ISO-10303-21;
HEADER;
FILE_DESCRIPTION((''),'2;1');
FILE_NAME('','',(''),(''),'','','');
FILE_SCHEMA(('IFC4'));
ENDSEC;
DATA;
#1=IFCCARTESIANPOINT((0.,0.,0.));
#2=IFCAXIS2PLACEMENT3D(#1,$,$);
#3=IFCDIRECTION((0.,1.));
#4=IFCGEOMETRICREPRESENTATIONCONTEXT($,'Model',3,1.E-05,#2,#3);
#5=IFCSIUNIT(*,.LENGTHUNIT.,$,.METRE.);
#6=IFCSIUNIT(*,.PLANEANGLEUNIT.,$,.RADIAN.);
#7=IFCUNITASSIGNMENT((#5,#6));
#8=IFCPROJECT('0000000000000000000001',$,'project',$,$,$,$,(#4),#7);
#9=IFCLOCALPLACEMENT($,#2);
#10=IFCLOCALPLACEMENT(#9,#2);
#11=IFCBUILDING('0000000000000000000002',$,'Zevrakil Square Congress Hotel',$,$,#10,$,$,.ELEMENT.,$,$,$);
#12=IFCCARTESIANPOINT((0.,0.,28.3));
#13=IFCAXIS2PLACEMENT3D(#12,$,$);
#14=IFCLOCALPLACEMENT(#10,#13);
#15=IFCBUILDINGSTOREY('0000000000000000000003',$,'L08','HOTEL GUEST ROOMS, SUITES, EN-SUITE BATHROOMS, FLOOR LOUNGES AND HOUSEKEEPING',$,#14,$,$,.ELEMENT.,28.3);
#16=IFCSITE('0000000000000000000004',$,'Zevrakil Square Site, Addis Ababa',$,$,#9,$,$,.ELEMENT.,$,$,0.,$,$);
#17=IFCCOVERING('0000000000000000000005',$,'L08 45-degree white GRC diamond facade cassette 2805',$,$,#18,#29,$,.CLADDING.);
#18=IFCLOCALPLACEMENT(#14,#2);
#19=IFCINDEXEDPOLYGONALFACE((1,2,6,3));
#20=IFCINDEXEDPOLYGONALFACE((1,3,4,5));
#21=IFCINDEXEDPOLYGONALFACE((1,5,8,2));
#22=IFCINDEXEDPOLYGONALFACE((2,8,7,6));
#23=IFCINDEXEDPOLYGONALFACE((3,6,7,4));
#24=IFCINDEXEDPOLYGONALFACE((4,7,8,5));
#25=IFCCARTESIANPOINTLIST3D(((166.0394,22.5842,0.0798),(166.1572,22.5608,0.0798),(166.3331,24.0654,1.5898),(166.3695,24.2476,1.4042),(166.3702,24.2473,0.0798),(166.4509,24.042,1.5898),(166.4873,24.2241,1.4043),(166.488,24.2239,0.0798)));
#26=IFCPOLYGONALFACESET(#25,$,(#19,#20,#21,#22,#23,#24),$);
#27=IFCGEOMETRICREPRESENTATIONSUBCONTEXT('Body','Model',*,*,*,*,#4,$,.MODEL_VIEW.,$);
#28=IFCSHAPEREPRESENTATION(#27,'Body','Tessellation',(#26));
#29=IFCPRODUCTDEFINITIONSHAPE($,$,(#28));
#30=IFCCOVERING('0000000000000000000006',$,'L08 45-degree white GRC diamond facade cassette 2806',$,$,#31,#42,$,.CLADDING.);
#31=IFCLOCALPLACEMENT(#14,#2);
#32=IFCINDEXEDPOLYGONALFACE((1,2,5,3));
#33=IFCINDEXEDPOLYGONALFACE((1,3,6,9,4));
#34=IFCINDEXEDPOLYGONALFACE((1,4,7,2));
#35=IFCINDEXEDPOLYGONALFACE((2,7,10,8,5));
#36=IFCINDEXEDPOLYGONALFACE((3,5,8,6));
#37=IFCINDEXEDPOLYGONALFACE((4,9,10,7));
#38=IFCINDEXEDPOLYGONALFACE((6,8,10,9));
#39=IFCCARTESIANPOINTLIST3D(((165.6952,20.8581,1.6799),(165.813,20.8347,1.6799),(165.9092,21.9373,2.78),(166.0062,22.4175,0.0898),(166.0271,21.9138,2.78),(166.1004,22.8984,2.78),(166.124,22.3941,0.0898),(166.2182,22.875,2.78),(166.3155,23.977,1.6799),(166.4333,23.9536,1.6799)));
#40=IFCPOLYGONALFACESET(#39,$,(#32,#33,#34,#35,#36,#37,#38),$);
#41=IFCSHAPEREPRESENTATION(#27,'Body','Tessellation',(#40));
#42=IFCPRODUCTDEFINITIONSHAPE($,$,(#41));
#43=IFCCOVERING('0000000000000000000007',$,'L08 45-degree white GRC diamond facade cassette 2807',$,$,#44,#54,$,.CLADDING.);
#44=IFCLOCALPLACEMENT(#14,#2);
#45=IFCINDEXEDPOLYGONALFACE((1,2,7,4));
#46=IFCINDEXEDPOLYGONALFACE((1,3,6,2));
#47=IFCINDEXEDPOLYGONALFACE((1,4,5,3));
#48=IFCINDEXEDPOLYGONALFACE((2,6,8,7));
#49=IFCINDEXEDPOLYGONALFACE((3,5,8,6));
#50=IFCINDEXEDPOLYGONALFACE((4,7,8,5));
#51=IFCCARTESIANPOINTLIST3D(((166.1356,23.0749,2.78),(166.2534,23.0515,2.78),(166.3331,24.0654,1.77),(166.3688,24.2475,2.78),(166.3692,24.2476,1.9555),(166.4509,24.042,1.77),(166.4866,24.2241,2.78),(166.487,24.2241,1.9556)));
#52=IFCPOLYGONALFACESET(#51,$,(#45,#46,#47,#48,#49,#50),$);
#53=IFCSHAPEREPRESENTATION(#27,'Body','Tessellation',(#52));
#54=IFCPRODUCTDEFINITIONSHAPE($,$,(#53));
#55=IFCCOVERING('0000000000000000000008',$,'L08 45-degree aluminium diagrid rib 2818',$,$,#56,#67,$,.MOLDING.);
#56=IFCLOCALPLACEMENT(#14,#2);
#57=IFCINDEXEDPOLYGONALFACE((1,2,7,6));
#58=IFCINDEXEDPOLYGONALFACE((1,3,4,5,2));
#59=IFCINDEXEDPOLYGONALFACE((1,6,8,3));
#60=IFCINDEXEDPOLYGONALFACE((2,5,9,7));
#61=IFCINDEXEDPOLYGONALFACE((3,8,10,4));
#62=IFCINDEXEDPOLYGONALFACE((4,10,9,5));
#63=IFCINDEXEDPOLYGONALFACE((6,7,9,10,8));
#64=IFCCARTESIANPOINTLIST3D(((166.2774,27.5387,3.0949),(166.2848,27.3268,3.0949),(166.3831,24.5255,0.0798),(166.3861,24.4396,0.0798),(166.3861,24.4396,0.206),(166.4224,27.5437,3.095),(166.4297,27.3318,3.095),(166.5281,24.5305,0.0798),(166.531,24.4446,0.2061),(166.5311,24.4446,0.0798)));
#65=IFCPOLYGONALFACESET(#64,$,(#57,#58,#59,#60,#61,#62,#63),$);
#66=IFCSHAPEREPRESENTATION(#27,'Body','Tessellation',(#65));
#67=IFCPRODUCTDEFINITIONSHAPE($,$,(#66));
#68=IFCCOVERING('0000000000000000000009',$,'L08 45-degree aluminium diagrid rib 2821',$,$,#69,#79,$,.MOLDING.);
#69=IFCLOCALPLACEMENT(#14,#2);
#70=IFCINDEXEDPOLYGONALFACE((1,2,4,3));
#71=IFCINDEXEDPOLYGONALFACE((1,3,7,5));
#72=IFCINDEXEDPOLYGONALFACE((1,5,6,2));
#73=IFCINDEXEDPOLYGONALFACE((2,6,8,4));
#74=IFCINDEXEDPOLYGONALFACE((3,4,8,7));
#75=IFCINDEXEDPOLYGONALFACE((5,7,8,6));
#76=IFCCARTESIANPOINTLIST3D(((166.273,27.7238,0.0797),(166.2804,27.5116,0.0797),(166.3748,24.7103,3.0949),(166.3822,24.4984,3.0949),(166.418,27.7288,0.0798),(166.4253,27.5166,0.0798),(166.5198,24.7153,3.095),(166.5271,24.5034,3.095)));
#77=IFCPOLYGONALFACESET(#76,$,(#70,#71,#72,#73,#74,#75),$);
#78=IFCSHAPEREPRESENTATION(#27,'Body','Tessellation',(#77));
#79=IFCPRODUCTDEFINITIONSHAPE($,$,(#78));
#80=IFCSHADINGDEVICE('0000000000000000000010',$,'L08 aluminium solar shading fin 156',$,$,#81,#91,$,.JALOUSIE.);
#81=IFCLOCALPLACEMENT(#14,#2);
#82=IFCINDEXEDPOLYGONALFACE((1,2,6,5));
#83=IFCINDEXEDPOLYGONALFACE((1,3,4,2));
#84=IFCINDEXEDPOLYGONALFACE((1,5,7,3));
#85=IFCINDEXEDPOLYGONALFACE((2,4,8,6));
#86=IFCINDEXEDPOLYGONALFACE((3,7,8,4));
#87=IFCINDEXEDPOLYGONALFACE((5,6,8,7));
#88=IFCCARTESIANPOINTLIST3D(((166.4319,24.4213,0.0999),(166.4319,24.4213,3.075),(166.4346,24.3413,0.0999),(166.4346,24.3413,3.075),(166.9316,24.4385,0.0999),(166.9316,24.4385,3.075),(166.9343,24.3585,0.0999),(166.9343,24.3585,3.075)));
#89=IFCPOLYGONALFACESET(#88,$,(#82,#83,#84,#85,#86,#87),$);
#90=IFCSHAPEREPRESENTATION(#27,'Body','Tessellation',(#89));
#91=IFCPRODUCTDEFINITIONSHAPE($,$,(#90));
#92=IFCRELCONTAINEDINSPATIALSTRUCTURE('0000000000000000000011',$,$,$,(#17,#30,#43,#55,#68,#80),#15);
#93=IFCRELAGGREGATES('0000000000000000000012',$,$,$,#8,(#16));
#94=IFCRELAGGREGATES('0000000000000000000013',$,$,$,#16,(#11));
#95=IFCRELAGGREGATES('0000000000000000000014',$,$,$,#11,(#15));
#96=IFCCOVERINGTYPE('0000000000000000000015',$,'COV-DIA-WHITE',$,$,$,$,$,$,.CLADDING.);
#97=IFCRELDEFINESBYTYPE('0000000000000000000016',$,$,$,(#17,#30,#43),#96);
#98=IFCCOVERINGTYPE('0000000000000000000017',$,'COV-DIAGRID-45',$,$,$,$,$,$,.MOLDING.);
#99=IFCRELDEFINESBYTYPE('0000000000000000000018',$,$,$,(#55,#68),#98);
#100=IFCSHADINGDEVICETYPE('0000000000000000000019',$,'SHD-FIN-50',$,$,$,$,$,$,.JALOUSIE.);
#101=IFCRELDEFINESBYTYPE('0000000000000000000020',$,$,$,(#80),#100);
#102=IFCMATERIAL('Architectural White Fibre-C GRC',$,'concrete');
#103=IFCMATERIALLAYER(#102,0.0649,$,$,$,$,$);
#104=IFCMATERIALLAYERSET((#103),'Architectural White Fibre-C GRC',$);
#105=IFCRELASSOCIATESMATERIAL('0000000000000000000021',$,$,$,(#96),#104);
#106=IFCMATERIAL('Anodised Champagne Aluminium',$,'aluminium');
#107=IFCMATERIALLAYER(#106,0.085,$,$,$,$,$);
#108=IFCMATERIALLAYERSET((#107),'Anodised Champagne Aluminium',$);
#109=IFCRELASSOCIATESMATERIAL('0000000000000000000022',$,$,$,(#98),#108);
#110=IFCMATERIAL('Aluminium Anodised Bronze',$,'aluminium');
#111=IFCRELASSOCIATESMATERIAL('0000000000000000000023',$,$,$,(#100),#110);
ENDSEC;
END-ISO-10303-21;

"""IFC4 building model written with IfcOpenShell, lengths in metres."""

from ifc_helpers import new_model, si_unit, direction, frame, origin, origin_2d, place, context, subcontext, project, spatial, polyline, rectangle, outline, extrude, material, layer, layer_set, type_object, element, save


model = new_model("IFC4")

# Units and contexts
model_context = context("Model", 3, precision=1e-05, world=origin(), true_north=direction((0.0, 1.0)))
body_context = subcontext(model_context, "Body", "Model", "MODEL_VIEW")
ifc_project = project(units=[si_unit("LENGTHUNIT", "METRE"), si_unit("PLANEANGLEUNIT", "RADIAN")], contexts=[model_context])

# Site, building, storey
site_placement = place(None, origin())
site = spatial("IfcSite", under=ifc_project, at=site_placement, Name="Zevrakil Square Site, Addis Ababa", CompositionType="ELEMENT", RefElevation=0.0)
building_placement = place(site_placement, origin())
building = spatial("IfcBuilding", under=site, at=building_placement, Name="Zevrakil Square Congress Hotel", CompositionType="ELEMENT")
storey_placement = place(building_placement, frame((0.0, 0.0, 28.3)))
storey = spatial("IfcBuildingStorey", under=building, at=storey_placement, Name="L08", Description="HOTEL GUEST ROOMS, SUITES, EN-SUITE BATHROOMS, FLOOR LOUNGES AND HOUSEKEEPING", CompositionType="ELEMENT", Elevation=28.3)

# Coverings
ifc_material_1 = material(Name="Architectural White Fibre-C GRC", Category="concrete")
ifc_layer_1 = layer(ifc_material_1, 0.0649)
ifc_layer_set_1 = layer_set([ifc_layer_1], Name="Architectural White Fibre-C GRC")
covering_type_1 = type_object("IfcCoveringType", Name="COV-DIA-WHITE", PredefinedType="CLADDING", material=ifc_layer_set_1)
covering_1_placement = place(storey_placement, frame((166.4509, 24.042, 1.5898), z_axis=(0.980781, -0.19511, 0.000602), x_axis=(0.138447, 0.693769, -0.706765)))
element("IfcCovering", 1, at=covering_1_placement, inside=storey, type_object=covering_type_1, Name="L08 45-degree white GRC diamond facade cassette 2805", PredefinedType="CLADDING", context=body_context, shape_type="SweptSolid", body=[
    extrude(outline(polyline([(0.0, 0.0), (0.2625, 0.0), (1.1985, -0.9371), (-0.0011, -2.1355), (0.0, 0.0)])), origin(), (0.0, 0.0, -1.0), 0.1201),
])
covering_2_placement = place(storey_placement, frame((166.4333, 23.9536, 1.6799), z_axis=(0.980787, -0.19508, 0.000512), x_axis=(-0.137582, -0.693562, -0.707137)))
element("IfcCovering", 2, at=covering_2_placement, inside=storey, type_object=covering_type_1, Name="L08 45-degree white GRC diamond facade cassette 2806", PredefinedType="CLADDING", context=body_context, shape_type="SweptSolid", body=[
    extrude(outline(polyline([(0.0, 0.0), (2.2486, 0.0), (2.2485, -2.2487), (0.6927, -2.2486), (-0.0002, -1.5556), (0.0, 0.0)])), origin(), (0.0, 0.0, -1.0), 0.1201),
])
covering_3_placement = place(storey_placement, frame((166.4509, 24.042, 1.77), z_axis=(0.980796, -0.195033, 0.000556), x_axis=(-0.138293, -0.693441, 0.707118)))
element("IfcCovering", 3, at=covering_3_placement, inside=storey, type_object=covering_type_1, Name="L08 45-degree white GRC diamond facade cassette 2807", PredefinedType="CLADDING", context=body_context, shape_type="SweptSolid", body=[
    extrude(outline(polyline([(0.0, 0.0), (1.4283, 0.0), (0.583, -0.8454), (-0.0001, -0.2625), (0.0, 0.0)])), origin(), (0.0, 0.0, -1.0), 0.1201),
])
ifc_material_2 = material(Name="Anodised Champagne Aluminium", Category="aluminium")
ifc_layer_2 = layer(ifc_material_2, 0.085)
ifc_layer_set_2 = layer_set([ifc_layer_2], Name="Anodised Champagne Aluminium")
covering_type_2 = type_object("IfcCoveringType", Name="COV-DIAGRID-45", PredefinedType="MOLDING", material=ifc_layer_set_2)
covering_4_placement = place(storey_placement, frame((166.5281, 24.5305, 0.0798), z_axis=(0.999401, 0.034598, 0.00046), x_axis=(0.034598, -0.999401, 0.0)))
element("IfcCovering", 4, at=covering_4_placement, inside=storey, type_object=covering_type_2, Name="L08 45-degree aluminium diagrid rib 2818", PredefinedType="MOLDING", context=body_context, shape_type="SweptSolid", body=[
    extrude(outline(polyline([(0.0, 0.0), (0.086, 0.0), (0.086, -0.1262), (-2.803, -3.0151), (-3.015, -3.0151), (0.0, 0.0)])), origin(), (0.0, 0.0, -1.0), 0.145),
])
covering_5_placement = place(storey_placement, frame((166.5271, 24.5034, 3.095), z_axis=(0.999404, 0.034522, 0.000756), x_axis=(-0.034522, 0.999404, 0.0)))
element("IfcCovering", 5, at=covering_5_placement, inside=storey, type_object=covering_type_2, Name="L08 45-degree aluminium diagrid rib 2821", PredefinedType="MOLDING", context=body_context, shape_type="SweptSolid", body=[
    extrude(outline(polyline([(0.0, 0.0), (0.212, 0.0), (3.2272, -3.0151), (3.0149, -3.0151), (0.0, 0.0)])), origin(), (0.0, 0.0, -1.0), 0.145),
])

# Shading device
ifc_material_3 = material(Name="Aluminium Anodised Bronze", Category="aluminium")
shading_device_type = type_object("IfcShadingDeviceType", Name="SHD-FIN-50", PredefinedType="JALOUSIE", material=ifc_material_3)
shading_device_placement = place(storey_placement, frame((166.6831, 24.3899, 0.0999), z_axis=(0.0, 0.0, 1.0), x_axis=(0.999408, 0.034411, 0.0)))
element("IfcShadingDevice", 6, at=shading_device_placement, inside=storey, type_object=shading_device_type, Name="L08 aluminium solar shading fin 156", PredefinedType="JALOUSIE", context=body_context, shape_type="SweptSolid", body=[
    extrude(rectangle(XDim=0.5, YDim=0.0801, at=origin_2d()), origin(), (0.0, 0.0, 1.0), 2.9751),
])

save(model, "model.ifc")
